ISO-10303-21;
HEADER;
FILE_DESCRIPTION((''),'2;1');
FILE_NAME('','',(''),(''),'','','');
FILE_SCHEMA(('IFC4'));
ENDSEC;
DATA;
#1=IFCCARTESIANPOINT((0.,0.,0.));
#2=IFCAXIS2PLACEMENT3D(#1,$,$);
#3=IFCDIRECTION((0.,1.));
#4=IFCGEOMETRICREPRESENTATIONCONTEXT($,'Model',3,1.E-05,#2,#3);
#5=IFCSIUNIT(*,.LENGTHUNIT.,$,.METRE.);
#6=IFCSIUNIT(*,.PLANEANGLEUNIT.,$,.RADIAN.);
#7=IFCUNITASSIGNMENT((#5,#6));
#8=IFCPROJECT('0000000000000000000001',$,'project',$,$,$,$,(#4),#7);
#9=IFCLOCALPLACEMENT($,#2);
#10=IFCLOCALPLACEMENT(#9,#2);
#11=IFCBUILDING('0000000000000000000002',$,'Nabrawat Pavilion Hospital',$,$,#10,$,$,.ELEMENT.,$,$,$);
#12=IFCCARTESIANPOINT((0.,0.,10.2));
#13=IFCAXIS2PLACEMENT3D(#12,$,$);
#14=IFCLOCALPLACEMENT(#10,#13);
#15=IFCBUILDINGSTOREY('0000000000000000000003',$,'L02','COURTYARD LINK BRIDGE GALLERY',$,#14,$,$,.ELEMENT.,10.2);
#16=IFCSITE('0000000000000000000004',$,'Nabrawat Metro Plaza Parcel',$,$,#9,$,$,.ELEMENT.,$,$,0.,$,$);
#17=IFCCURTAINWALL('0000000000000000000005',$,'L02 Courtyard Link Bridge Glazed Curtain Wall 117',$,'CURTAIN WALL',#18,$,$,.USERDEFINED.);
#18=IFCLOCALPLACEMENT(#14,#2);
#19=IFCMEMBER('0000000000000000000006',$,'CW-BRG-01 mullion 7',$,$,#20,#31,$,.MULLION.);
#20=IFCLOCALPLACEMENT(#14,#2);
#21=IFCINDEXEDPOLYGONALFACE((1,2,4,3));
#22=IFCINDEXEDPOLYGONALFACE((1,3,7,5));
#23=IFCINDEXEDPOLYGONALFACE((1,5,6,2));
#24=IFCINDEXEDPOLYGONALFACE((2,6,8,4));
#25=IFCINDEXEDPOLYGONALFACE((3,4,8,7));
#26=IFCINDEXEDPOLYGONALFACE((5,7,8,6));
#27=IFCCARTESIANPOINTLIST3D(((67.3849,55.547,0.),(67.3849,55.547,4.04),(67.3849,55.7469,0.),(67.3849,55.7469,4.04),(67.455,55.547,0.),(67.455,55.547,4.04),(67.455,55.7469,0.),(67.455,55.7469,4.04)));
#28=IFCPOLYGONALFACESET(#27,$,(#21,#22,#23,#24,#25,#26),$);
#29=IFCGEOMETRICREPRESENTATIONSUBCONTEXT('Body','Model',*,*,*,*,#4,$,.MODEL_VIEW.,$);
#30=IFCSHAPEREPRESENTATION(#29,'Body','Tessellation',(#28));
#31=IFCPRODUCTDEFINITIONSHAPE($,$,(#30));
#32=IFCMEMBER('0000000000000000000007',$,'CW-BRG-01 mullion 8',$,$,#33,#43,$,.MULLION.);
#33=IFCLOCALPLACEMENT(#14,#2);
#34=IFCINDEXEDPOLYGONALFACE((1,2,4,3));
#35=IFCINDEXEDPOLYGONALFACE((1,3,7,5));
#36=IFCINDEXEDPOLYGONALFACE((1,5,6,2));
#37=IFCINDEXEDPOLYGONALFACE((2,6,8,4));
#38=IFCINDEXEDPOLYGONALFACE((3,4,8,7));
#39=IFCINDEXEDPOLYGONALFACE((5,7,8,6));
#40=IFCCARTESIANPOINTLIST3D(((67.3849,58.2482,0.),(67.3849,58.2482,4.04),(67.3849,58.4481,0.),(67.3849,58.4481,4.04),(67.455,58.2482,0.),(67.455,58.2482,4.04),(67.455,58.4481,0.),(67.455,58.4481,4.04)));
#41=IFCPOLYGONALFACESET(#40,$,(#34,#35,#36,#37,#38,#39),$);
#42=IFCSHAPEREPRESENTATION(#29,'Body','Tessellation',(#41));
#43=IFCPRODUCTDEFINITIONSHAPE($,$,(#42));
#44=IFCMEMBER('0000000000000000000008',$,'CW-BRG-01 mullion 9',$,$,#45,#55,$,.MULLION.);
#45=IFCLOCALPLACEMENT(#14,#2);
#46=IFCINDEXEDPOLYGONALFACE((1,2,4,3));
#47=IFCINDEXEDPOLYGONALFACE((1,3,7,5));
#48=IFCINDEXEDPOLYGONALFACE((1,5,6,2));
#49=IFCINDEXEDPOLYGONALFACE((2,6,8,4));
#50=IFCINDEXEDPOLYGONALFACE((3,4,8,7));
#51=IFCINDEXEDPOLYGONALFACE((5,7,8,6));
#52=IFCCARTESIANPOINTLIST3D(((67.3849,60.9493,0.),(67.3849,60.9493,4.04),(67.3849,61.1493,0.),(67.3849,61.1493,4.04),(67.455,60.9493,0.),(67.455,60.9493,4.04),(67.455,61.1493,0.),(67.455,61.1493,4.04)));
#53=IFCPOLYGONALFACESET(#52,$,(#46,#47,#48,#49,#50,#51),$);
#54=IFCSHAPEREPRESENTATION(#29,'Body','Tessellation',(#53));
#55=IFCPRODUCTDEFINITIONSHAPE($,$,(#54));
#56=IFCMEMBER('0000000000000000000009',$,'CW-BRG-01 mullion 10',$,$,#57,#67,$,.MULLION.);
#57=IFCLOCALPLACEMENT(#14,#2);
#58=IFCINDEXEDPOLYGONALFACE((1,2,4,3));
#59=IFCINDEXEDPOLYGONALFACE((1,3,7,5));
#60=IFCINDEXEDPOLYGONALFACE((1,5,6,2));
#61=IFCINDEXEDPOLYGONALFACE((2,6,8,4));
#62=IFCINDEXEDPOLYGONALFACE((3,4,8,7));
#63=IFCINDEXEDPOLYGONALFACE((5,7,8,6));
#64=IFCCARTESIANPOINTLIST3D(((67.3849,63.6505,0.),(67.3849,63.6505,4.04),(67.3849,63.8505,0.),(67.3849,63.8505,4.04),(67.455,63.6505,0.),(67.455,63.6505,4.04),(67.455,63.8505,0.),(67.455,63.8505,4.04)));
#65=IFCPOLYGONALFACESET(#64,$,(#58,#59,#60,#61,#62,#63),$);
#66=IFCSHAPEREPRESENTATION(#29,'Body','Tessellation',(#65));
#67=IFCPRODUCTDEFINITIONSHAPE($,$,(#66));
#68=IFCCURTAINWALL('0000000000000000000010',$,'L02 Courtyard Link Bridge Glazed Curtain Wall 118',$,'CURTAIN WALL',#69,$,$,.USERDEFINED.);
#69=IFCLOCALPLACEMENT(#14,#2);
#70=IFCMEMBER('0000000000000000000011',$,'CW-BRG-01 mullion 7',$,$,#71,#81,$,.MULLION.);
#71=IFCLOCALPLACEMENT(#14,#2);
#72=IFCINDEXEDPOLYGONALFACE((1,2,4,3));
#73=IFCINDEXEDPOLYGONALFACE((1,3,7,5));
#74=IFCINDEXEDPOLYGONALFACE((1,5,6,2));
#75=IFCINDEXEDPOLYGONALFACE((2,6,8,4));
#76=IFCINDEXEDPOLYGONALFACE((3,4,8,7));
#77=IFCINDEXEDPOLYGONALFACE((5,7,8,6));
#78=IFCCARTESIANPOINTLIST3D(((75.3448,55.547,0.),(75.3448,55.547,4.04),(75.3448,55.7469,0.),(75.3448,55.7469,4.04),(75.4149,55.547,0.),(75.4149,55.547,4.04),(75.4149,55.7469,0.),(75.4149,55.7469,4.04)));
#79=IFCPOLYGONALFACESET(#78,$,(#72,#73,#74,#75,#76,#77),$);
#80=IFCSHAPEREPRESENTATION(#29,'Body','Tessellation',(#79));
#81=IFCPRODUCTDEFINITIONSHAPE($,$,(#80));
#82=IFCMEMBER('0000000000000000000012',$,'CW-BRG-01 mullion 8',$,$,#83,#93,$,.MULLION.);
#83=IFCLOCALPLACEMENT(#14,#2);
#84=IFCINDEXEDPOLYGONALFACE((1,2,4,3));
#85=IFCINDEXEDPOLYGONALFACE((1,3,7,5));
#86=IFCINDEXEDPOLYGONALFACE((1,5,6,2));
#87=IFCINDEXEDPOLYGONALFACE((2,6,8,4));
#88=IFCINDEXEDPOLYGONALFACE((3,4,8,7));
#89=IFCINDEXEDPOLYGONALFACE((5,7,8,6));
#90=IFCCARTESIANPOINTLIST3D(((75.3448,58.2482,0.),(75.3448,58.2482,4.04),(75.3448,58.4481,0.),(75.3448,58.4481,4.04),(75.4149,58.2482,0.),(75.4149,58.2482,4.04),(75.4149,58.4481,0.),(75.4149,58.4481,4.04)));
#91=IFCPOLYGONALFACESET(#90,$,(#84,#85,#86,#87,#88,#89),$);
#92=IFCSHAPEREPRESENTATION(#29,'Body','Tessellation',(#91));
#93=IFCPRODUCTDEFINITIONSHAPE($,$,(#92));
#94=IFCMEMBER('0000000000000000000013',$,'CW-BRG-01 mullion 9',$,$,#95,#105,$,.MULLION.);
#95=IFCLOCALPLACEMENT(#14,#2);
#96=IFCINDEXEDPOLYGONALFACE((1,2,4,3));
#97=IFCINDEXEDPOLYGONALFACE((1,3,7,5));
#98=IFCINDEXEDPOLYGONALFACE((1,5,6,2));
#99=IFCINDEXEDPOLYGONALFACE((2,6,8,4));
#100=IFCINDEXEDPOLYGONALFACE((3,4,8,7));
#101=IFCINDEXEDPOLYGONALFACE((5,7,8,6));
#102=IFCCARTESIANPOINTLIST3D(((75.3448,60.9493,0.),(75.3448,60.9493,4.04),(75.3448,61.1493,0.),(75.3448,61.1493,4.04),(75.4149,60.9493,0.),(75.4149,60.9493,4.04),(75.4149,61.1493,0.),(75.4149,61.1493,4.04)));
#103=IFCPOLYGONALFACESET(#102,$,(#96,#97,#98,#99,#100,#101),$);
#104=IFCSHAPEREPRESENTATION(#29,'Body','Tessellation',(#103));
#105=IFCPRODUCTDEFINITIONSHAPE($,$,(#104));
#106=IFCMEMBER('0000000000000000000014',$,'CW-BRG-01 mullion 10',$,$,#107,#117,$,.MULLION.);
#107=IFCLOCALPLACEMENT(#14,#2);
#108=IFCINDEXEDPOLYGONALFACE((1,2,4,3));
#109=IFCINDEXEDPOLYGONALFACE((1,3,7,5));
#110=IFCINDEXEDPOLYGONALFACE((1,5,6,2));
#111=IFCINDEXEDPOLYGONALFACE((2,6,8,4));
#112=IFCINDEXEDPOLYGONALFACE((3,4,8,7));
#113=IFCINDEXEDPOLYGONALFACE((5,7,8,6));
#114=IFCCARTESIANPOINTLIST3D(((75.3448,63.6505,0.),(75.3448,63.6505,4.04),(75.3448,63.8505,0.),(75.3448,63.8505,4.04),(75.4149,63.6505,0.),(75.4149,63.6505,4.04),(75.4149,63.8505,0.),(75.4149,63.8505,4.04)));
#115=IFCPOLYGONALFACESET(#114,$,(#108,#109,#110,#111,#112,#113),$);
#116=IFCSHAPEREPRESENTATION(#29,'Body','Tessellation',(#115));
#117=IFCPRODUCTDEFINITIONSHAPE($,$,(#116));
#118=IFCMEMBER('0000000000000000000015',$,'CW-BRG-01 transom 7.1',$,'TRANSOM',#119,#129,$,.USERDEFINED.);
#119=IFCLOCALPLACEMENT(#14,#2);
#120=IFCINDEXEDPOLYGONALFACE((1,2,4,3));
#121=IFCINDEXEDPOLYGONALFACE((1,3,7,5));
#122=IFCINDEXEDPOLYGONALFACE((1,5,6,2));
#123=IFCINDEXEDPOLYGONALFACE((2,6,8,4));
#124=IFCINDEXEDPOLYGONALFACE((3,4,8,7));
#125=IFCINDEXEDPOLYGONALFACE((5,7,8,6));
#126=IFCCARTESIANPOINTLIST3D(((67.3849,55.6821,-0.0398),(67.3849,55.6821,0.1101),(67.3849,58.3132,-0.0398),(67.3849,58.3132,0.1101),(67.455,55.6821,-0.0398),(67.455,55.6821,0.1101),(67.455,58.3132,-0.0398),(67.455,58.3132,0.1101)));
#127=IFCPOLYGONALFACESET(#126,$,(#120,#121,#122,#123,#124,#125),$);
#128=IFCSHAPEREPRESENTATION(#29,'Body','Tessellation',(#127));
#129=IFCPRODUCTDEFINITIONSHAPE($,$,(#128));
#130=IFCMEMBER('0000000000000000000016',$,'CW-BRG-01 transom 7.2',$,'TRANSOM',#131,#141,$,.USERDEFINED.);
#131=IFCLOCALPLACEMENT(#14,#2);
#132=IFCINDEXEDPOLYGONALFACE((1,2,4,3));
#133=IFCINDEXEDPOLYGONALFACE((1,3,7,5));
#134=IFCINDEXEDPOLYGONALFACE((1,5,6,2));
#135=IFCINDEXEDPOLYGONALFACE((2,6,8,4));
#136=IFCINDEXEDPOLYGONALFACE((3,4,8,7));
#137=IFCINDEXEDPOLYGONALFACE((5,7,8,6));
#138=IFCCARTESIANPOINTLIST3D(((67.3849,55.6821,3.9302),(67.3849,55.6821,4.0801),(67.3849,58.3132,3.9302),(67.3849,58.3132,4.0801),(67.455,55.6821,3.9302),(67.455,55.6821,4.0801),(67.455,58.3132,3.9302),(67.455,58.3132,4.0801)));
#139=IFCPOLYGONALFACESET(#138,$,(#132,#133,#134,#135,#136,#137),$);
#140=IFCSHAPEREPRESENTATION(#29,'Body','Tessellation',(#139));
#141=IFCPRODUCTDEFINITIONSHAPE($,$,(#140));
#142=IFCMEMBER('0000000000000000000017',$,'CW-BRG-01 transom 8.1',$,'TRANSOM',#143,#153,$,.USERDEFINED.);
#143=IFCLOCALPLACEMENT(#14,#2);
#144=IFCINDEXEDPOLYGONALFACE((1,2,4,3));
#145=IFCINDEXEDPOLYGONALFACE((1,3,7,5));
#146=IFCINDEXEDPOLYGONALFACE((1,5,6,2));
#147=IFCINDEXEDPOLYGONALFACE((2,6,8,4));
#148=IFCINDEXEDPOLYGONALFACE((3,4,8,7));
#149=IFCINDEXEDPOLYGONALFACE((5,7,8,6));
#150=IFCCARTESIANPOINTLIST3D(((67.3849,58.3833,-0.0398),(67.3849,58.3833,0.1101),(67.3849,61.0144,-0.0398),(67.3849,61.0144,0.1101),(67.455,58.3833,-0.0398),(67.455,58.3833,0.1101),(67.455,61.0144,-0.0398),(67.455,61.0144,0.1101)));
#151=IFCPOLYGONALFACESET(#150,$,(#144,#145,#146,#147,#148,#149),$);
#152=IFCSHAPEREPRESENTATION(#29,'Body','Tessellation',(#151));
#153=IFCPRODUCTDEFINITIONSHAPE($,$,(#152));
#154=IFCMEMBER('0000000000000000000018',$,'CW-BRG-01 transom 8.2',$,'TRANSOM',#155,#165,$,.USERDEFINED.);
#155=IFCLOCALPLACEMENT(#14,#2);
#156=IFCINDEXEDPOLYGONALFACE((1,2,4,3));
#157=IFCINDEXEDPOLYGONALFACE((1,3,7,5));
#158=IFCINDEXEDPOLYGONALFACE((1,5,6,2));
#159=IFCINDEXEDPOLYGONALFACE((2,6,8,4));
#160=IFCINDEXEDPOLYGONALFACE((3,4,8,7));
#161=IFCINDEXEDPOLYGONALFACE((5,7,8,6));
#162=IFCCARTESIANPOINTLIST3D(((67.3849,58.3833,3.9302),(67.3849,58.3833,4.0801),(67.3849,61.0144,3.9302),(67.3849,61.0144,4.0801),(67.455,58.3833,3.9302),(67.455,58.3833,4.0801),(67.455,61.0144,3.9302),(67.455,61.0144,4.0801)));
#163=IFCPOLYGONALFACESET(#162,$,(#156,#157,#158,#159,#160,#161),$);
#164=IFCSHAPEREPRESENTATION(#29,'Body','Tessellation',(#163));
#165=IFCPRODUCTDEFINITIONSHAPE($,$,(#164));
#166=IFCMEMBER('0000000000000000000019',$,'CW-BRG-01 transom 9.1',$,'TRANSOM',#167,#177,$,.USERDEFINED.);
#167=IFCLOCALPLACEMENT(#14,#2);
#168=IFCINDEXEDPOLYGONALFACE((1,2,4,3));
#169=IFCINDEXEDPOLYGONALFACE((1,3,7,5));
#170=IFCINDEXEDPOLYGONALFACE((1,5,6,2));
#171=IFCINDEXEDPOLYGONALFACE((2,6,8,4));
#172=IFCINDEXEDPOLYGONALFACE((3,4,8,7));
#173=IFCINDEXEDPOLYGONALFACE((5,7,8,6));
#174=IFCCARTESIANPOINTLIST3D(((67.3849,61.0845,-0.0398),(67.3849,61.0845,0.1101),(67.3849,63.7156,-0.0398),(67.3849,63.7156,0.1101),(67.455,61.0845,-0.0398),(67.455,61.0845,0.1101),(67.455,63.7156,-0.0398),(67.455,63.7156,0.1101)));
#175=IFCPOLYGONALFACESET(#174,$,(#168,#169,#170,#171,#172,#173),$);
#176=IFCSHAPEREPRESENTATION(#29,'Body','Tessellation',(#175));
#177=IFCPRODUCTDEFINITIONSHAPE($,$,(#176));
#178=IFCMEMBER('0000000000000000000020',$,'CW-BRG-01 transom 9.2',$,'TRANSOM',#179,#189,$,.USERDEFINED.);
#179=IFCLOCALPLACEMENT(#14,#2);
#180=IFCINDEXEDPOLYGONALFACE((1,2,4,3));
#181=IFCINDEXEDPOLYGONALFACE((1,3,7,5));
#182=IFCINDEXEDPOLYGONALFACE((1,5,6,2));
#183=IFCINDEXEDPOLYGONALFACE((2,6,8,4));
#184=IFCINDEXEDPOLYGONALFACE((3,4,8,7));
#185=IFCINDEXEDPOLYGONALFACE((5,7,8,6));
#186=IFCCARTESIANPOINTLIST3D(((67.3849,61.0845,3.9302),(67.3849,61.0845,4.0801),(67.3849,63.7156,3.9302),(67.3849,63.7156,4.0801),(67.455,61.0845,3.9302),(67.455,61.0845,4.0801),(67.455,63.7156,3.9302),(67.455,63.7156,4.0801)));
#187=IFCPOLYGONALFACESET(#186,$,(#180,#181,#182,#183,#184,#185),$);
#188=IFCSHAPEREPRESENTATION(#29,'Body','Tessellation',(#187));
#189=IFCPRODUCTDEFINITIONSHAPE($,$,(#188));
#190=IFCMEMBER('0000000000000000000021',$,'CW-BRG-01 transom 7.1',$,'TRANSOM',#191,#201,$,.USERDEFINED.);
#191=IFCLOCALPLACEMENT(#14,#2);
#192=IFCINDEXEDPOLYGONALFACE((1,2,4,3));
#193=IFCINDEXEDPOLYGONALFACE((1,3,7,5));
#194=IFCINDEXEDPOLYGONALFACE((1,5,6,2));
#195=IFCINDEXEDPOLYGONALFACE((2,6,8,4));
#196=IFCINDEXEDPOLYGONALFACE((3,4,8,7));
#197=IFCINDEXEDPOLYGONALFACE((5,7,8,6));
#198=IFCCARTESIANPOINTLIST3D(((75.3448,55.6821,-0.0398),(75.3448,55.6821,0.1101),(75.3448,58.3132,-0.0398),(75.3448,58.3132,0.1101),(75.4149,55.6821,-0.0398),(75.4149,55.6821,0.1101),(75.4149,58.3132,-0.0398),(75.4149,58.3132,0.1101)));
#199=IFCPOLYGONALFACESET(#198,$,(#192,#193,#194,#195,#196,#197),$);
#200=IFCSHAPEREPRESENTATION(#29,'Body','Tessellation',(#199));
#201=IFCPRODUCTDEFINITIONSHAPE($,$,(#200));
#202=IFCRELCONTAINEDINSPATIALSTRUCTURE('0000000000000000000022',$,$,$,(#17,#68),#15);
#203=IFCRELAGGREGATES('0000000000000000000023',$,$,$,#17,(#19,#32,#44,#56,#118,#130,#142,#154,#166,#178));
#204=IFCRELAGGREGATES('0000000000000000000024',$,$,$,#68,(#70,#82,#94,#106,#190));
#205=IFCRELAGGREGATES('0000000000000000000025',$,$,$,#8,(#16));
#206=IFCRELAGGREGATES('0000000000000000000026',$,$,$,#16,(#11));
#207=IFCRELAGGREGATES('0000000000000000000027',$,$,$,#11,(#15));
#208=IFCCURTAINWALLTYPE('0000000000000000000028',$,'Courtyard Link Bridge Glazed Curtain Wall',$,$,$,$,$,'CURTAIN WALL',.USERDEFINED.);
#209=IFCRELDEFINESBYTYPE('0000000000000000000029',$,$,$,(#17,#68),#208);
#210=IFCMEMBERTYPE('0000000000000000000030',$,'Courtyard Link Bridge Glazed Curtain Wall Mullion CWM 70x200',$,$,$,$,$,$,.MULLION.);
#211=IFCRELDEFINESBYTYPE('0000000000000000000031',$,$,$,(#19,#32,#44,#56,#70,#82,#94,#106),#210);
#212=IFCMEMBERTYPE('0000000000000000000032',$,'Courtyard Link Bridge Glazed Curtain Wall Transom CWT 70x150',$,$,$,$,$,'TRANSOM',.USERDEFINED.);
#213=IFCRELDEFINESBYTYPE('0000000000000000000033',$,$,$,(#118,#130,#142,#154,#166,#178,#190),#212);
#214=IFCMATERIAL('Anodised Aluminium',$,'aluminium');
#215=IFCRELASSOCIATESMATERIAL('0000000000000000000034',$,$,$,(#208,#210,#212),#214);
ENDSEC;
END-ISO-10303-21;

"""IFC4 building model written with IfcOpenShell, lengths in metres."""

from ifc_helpers import new_model, si_unit, direction, frame, origin, origin_2d, place, context, subcontext, project, spatial, rectangle, extrude, material, material_profile, profile_set, type_object, element, aggregate, save


model = new_model("IFC4")

# Units and contexts
model_context = context("Model", 3, precision=1e-05, world=origin(), true_north=direction((0.0, 1.0)))
body_context = subcontext(model_context, "Body", "Model", "MODEL_VIEW")
ifc_project = project(units=[si_unit("LENGTHUNIT", "METRE"), si_unit("PLANEANGLEUNIT", "RADIAN")], contexts=[model_context])

# Site, building, storey
site_placement = place(None, origin())
site = spatial("IfcSite", under=ifc_project, at=site_placement, Name="Nabrawat Metro Plaza Parcel", CompositionType="ELEMENT", RefElevation=0.0)
building_placement = place(site_placement, origin())
building = spatial("IfcBuilding", under=site, at=building_placement, Name="Nabrawat Pavilion Hospital", CompositionType="ELEMENT")
storey_placement = place(building_placement, frame((0.0, 0.0, 10.2)))
storey = spatial("IfcBuildingStorey", under=building, at=storey_placement, Name="L02", Description="COURTYARD LINK BRIDGE GALLERY", CompositionType="ELEMENT", Elevation=10.2)

# Curtain walls, members
ifc_material_1 = material(Name="Anodised Aluminium", Category="aluminium")
curtain_wall_type = type_object("IfcCurtainWallType", Name="Courtyard Link Bridge Glazed Curtain Wall", ElementType="CURTAIN WALL", PredefinedType="USERDEFINED", material=ifc_material_1)
curtain_wall_1_placement = place(storey_placement, origin())
curtain_wall_1 = element("IfcCurtainWall", 1, at=curtain_wall_1_placement, inside=storey, type_object=curtain_wall_type, Name="L02 Courtyard Link Bridge Glazed Curtain Wall 117", ObjectType="CURTAIN WALL", PredefinedType="USERDEFINED")
ifc_material_profile_1 = material_profile(ifc_material_1, rectangle(XDim=0.0701, YDim=0.2, at=origin_2d()), Name="CWM 70x200")
ifc_profile_set_1 = profile_set([ifc_material_profile_1], Name="Anodised Aluminium")
member_type_1 = type_object("IfcMemberType", Name="Courtyard Link Bridge Glazed Curtain Wall Mullion CWM 70x200", PredefinedType="MULLION", material=ifc_profile_set_1)
member_1_placement = place(storey_placement, frame((67.4199, 55.647, 0.0), z_axis=(0.0, 0.0, 1.0), x_axis=(-1.0, 0.0, 0.0)))
member_1 = element("IfcMember", 2, at=member_1_placement, type_object=member_type_1, Name="CW-BRG-01 mullion 7", PredefinedType="MULLION", context=body_context, shape_type="SweptSolid", body=[
    extrude(rectangle(XDim=0.0701, YDim=0.2, at=origin_2d()), origin(), (0.0, 0.0, 1.0), 4.04),
])
member_2_placement = place(storey_placement, frame((67.4199, 58.3481, 0.0), z_axis=(0.0, 0.0, 1.0), x_axis=(-1.0, 0.0, 0.0)))
member_2 = element("IfcMember", 3, at=member_2_placement, type_object=member_type_1, Name="CW-BRG-01 mullion 8", PredefinedType="MULLION", context=body_context, shape_type="SweptSolid", body=[
    extrude(rectangle(XDim=0.0701, YDim=0.2, at=origin_2d()), origin(), (0.0, 0.0, 1.0), 4.04),
])
member_3_placement = place(storey_placement, frame((67.4199, 61.0493, 0.0), z_axis=(0.0, 0.0, 1.0), x_axis=(-1.0, 0.0, 0.0)))
member_3 = element("IfcMember", 4, at=member_3_placement, type_object=member_type_1, Name="CW-BRG-01 mullion 9", PredefinedType="MULLION", context=body_context, shape_type="SweptSolid", body=[
    extrude(rectangle(XDim=0.0701, YDim=0.2, at=origin_2d()), origin(), (0.0, 0.0, 1.0), 4.04),
])
member_4_placement = place(storey_placement, frame((67.4199, 63.7505, 0.0), z_axis=(0.0, 0.0, 1.0), x_axis=(-1.0, 0.0, 0.0)))
member_4 = element("IfcMember", 5, at=member_4_placement, type_object=member_type_1, Name="CW-BRG-01 mullion 10", PredefinedType="MULLION", context=body_context, shape_type="SweptSolid", body=[
    extrude(rectangle(XDim=0.0701, YDim=0.2, at=origin_2d()), origin(), (0.0, 0.0, 1.0), 4.04),
])
curtain_wall_2_placement = place(storey_placement, origin())
curtain_wall_2 = element("IfcCurtainWall", 6, at=curtain_wall_2_placement, inside=storey, type_object=curtain_wall_type, Name="L02 Courtyard Link Bridge Glazed Curtain Wall 118", ObjectType="CURTAIN WALL", PredefinedType="USERDEFINED")
member_5_placement = place(storey_placement, frame((75.3799, 55.647, 0.0), z_axis=(0.0, 0.0, 1.0), x_axis=(-1.0, 0.0, 0.0)))
member_5 = element("IfcMember", 7, at=member_5_placement, type_object=member_type_1, Name="CW-BRG-01 mullion 7", PredefinedType="MULLION", context=body_context, shape_type="SweptSolid", body=[
    extrude(rectangle(XDim=0.0701, YDim=0.2, at=origin_2d()), origin(), (0.0, 0.0, 1.0), 4.04),
])
member_6_placement = place(storey_placement, frame((75.3799, 58.3481, 0.0), z_axis=(0.0, 0.0, 1.0), x_axis=(-1.0, 0.0, 0.0)))
member_6 = element("IfcMember", 8, at=member_6_placement, type_object=member_type_1, Name="CW-BRG-01 mullion 8", PredefinedType="MULLION", context=body_context, shape_type="SweptSolid", body=[
    extrude(rectangle(XDim=0.0701, YDim=0.2, at=origin_2d()), origin(), (0.0, 0.0, 1.0), 4.04),
])
member_7_placement = place(storey_placement, frame((75.3799, 61.0493, 0.0), z_axis=(0.0, 0.0, 1.0), x_axis=(-1.0, 0.0, 0.0)))
member_7 = element("IfcMember", 9, at=member_7_placement, type_object=member_type_1, Name="CW-BRG-01 mullion 9", PredefinedType="MULLION", context=body_context, shape_type="SweptSolid", body=[
    extrude(rectangle(XDim=0.0701, YDim=0.2, at=origin_2d()), origin(), (0.0, 0.0, 1.0), 4.04),
])
member_8_placement = place(storey_placement, frame((75.3799, 63.7505, 0.0), z_axis=(0.0, 0.0, 1.0), x_axis=(-1.0, 0.0, 0.0)))
member_8 = element("IfcMember", 10, at=member_8_placement, type_object=member_type_1, Name="CW-BRG-01 mullion 10", PredefinedType="MULLION", context=body_context, shape_type="SweptSolid", body=[
    extrude(rectangle(XDim=0.0701, YDim=0.2, at=origin_2d()), origin(), (0.0, 0.0, 1.0), 4.04),
])

# Members
ifc_material_profile_2 = material_profile(ifc_material_1, rectangle(XDim=0.0701, YDim=0.1499, at=origin_2d()), Name="CWT 70x150")
ifc_profile_set_2 = profile_set([ifc_material_profile_2], Name="Anodised Aluminium")
member_type_2 = type_object("IfcMemberType", Name="Courtyard Link Bridge Glazed Curtain Wall Transom CWT 70x150", ElementType="TRANSOM", PredefinedType="USERDEFINED", material=ifc_profile_set_2)
member_9_placement = place(storey_placement, frame((67.4199, 55.6821, 0.0352), z_axis=(0.0, 1.0, 0.0), x_axis=(-1.0, 0.0, 0.0)))
member_9 = element("IfcMember", 11, at=member_9_placement, type_object=member_type_2, Name="CW-BRG-01 transom 7.1", ObjectType="TRANSOM", PredefinedType="USERDEFINED", context=body_context, shape_type="SweptSolid", body=[
    extrude(rectangle(XDim=0.0701, YDim=0.1499, at=origin_2d()), origin(), (0.0, 0.0, 1.0), 2.6311),
])
member_10_placement = place(storey_placement, frame((67.4199, 55.6821, 4.0051), z_axis=(0.0, 1.0, 0.0), x_axis=(-1.0, 0.0, 0.0)))
member_10 = element("IfcMember", 12, at=member_10_placement, type_object=member_type_2, Name="CW-BRG-01 transom 7.2", ObjectType="TRANSOM", PredefinedType="USERDEFINED", context=body_context, shape_type="SweptSolid", body=[
    extrude(rectangle(XDim=0.0701, YDim=0.1499, at=origin_2d()), origin(), (0.0, 0.0, 1.0), 2.6311),
])
member_11_placement = place(storey_placement, frame((67.4199, 58.3833, 0.0352), z_axis=(0.0, 1.0, 0.0), x_axis=(-1.0, 0.0, 0.0)))
member_11 = element("IfcMember", 13, at=member_11_placement, type_object=member_type_2, Name="CW-BRG-01 transom 8.1", ObjectType="TRANSOM", PredefinedType="USERDEFINED", context=body_context, shape_type="SweptSolid", body=[
    extrude(rectangle(XDim=0.0701, YDim=0.1499, at=origin_2d()), origin(), (0.0, 0.0, 1.0), 2.6311),
])
member_12_placement = place(storey_placement, frame((67.4199, 58.3833, 4.0051), z_axis=(0.0, 1.0, 0.0), x_axis=(-1.0, 0.0, 0.0)))
member_12 = element("IfcMember", 14, at=member_12_placement, type_object=member_type_2, Name="CW-BRG-01 transom 8.2", ObjectType="TRANSOM", PredefinedType="USERDEFINED", context=body_context, shape_type="SweptSolid", body=[
    extrude(rectangle(XDim=0.0701, YDim=0.1499, at=origin_2d()), origin(), (0.0, 0.0, 1.0), 2.6311),
])
member_13_placement = place(storey_placement, frame((67.4199, 61.0845, 0.0352), z_axis=(0.0, 1.0, 0.0), x_axis=(-1.0, 0.0, 0.0)))
member_13 = element("IfcMember", 15, at=member_13_placement, type_object=member_type_2, Name="CW-BRG-01 transom 9.1", ObjectType="TRANSOM", PredefinedType="USERDEFINED", context=body_context, shape_type="SweptSolid", body=[
    extrude(rectangle(XDim=0.0701, YDim=0.1499, at=origin_2d()), origin(), (0.0, 0.0, 1.0), 2.6311),
])
member_14_placement = place(storey_placement, frame((67.4199, 61.0845, 4.0051), z_axis=(0.0, 1.0, 0.0), x_axis=(-1.0, 0.0, 0.0)))
member_14 = element("IfcMember", 16, at=member_14_placement, type_object=member_type_2, Name="CW-BRG-01 transom 9.2", ObjectType="TRANSOM", PredefinedType="USERDEFINED", context=body_context, shape_type="SweptSolid", body=[
    extrude(rectangle(XDim=0.0701, YDim=0.1499, at=origin_2d()), origin(), (0.0, 0.0, 1.0), 2.6311),
])
member_15_placement = place(storey_placement, frame((75.3799, 55.6821, 0.0352), z_axis=(0.0, 1.0, 0.0), x_axis=(-1.0, 0.0, 0.0)))
member_15 = element("IfcMember", 17, at=member_15_placement, type_object=member_type_2, Name="CW-BRG-01 transom 7.1", ObjectType="TRANSOM", PredefinedType="USERDEFINED", context=body_context, shape_type="SweptSolid", body=[
    extrude(rectangle(XDim=0.0701, YDim=0.1499, at=origin_2d()), origin(), (0.0, 0.0, 1.0), 2.6311),
])

aggregate(curtain_wall_1, [member_1, member_2, member_3, member_4, member_9, member_10, member_11, member_12, member_13, member_14])
aggregate(curtain_wall_2, [member_5, member_6, member_7, member_8, member_15])

save(model, "model.ifc")
